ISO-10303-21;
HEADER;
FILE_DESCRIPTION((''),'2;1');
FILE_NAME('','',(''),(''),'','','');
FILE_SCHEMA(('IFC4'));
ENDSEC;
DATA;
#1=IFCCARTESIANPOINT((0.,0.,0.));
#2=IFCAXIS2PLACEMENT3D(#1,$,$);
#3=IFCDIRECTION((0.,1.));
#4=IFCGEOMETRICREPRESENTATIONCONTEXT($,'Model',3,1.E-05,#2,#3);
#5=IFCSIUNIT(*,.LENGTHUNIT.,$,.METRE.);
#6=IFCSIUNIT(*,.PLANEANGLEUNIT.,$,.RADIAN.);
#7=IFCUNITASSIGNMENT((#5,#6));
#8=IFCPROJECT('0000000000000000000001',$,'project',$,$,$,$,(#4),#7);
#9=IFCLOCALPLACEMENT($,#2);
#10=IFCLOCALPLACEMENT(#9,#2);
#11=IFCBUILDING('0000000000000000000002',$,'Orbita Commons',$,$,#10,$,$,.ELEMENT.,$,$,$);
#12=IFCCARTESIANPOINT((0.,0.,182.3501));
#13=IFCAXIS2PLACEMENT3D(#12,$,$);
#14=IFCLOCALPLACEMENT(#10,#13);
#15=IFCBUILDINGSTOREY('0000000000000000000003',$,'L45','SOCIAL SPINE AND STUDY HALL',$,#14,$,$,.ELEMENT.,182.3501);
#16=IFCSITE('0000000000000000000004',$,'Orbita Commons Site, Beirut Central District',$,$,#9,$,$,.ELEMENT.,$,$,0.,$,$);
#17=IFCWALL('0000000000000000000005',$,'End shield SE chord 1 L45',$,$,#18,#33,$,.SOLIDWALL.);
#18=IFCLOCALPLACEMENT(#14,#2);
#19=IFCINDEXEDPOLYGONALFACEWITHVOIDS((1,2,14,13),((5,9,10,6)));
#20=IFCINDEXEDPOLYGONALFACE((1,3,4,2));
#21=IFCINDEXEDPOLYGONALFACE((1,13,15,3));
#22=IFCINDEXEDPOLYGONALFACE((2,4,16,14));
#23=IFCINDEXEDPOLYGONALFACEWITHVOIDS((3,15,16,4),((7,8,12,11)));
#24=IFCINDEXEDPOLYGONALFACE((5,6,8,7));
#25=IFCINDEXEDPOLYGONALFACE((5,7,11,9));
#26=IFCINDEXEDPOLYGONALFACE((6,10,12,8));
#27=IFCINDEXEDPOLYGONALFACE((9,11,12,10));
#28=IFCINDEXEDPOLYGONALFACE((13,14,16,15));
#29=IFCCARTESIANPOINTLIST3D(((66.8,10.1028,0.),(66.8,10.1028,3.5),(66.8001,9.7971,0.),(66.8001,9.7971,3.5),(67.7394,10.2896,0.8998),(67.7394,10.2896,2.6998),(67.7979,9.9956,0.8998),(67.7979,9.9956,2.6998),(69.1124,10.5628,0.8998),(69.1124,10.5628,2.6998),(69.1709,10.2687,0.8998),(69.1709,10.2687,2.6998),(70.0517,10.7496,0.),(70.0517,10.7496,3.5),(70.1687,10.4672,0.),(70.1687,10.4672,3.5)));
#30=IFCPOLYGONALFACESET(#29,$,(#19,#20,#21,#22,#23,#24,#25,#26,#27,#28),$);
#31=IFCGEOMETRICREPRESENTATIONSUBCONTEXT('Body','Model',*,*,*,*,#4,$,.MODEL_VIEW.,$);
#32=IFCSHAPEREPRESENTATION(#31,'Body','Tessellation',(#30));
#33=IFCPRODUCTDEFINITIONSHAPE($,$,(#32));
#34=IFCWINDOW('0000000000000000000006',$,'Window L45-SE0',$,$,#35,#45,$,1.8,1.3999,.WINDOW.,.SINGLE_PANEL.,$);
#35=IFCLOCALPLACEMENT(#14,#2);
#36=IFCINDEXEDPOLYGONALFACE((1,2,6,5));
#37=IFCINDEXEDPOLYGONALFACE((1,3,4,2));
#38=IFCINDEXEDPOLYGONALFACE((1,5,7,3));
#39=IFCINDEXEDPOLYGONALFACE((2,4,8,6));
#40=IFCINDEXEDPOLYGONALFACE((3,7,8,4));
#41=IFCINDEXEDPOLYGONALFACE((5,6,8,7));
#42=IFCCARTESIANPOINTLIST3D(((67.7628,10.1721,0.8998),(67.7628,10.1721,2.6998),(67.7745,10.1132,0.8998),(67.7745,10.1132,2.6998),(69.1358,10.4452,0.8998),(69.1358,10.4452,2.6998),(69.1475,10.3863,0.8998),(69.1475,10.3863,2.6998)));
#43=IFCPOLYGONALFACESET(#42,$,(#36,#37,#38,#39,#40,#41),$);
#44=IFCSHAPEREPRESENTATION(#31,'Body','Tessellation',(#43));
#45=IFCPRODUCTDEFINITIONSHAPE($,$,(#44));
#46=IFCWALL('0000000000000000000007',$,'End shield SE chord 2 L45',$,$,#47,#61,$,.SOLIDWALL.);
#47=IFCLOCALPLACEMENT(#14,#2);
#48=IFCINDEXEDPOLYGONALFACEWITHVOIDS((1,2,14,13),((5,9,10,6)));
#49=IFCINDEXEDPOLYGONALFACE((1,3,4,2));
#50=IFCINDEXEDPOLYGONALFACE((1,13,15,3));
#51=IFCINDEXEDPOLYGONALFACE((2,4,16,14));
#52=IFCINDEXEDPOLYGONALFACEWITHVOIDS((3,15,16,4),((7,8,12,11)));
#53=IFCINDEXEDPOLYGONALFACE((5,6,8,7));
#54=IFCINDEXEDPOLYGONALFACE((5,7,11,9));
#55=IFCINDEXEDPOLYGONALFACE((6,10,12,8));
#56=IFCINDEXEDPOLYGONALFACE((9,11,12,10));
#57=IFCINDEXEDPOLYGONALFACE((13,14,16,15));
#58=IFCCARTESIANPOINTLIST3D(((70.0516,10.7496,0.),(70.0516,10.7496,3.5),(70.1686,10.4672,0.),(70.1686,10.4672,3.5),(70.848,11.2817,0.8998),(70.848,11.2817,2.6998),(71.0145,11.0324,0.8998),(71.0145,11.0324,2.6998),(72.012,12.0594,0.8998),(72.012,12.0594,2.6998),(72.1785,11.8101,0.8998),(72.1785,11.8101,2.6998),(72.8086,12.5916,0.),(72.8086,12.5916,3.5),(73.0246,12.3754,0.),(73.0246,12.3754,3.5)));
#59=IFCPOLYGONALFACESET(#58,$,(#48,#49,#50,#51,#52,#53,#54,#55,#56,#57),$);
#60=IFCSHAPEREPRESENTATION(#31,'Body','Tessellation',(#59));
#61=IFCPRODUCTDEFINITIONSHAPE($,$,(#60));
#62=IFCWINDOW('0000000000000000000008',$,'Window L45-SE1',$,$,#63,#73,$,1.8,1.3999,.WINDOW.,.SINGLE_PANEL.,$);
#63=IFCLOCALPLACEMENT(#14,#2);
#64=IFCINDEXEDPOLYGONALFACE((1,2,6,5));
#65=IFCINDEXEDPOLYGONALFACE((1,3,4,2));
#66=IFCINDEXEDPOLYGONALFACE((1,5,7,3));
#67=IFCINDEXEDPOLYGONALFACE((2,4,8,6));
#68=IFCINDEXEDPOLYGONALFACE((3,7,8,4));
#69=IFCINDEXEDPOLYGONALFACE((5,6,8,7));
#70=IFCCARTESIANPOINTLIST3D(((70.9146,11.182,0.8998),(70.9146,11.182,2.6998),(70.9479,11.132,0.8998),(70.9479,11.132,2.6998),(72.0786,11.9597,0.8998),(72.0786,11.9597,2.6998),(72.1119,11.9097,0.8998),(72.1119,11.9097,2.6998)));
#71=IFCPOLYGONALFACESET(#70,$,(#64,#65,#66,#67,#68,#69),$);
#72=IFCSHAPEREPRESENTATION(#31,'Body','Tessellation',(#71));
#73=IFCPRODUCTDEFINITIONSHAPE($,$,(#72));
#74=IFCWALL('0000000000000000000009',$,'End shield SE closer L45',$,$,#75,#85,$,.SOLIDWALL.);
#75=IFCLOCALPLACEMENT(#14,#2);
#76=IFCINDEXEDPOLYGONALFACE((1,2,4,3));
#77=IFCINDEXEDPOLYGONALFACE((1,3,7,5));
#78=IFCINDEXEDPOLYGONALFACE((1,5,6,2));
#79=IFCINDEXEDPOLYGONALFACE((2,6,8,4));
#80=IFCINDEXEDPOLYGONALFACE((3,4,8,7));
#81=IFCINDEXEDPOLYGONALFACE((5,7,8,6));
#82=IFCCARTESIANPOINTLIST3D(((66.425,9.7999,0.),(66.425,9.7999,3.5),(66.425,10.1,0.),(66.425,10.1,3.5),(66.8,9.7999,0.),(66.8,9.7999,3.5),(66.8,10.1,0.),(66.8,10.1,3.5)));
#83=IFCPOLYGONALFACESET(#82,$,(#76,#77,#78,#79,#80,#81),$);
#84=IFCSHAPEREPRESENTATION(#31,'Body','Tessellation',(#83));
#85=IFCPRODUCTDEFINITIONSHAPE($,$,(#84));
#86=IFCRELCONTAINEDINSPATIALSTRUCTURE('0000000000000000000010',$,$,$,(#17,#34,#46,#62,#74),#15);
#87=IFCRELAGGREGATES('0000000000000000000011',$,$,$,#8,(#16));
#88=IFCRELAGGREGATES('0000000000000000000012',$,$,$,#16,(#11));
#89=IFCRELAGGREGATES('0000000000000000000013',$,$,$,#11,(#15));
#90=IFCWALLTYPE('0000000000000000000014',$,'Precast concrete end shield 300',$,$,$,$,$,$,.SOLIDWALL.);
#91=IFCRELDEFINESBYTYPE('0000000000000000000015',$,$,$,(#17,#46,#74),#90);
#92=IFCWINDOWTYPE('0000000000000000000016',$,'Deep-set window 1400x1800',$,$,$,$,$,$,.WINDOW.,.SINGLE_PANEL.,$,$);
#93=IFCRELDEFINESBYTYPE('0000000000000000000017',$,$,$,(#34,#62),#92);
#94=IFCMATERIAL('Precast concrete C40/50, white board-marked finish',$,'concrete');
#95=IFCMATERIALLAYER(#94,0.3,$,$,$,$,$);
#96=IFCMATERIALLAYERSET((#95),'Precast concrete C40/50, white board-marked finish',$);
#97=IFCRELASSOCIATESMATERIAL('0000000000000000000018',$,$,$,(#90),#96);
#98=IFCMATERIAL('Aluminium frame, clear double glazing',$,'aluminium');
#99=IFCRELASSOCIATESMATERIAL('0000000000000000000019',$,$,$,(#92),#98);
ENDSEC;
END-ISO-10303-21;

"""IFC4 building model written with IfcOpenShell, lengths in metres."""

from ifc_helpers import new_model, si_unit, direction, frame, frame_2d, origin, place, context, subcontext, project, spatial, polyline, rectangle, outline, extrude, material, layer, layer_set, type_object, element, fill, save


model = new_model("IFC4")

# Units and contexts
model_context = context("Model", 3, precision=1e-05, world=origin(), true_north=direction((0.0, 1.0)))
body_context = subcontext(model_context, "Body", "Model", "MODEL_VIEW")
ifc_project = project(units=[si_unit("LENGTHUNIT", "METRE"), si_unit("PLANEANGLEUNIT", "RADIAN")], contexts=[model_context])

# Site, building, storey
site_placement = place(None, origin())
site = spatial("IfcSite", under=ifc_project, at=site_placement, Name="Orbita Commons Site, Beirut Central District", CompositionType="ELEMENT", RefElevation=0.0)
building_placement = place(site_placement, origin())
building = spatial("IfcBuilding", under=site, at=building_placement, Name="Orbita Commons", CompositionType="ELEMENT")
storey_placement = place(building_placement, frame((0.0, 0.0, 182.3501)))
storey = spatial("IfcBuildingStorey", under=building, at=storey_placement, Name="L45", Description="SOCIAL SPINE AND STUDY HALL", CompositionType="ELEMENT", Elevation=182.3501)

# Walls, openings, windows
ifc_material_1 = material(Name="Precast concrete C40/50, white board-marked finish", Category="concrete")
ifc_layer_1 = layer(ifc_material_1, 0.3)
ifc_layer_set_1 = layer_set([ifc_layer_1], Name="Precast concrete C40/50, white board-marked finish")
wall_type_1 = type_object("IfcWallType", Name="Precast concrete end shield 300", PredefinedType="SOLIDWALL", material=ifc_layer_set_1)
wall_1_placement = place(storey_placement, frame((66.8, 9.95, 0.0), z_axis=(0.0, 0.0, 1.0), x_axis=(0.980783, 0.1951, 0.0)))
wall_1 = element("IfcWall", 1, at=wall_1_placement, inside=storey, type_object=wall_type_1, Name="End shield SE chord 1 L45", PredefinedType="SOLIDWALL", context=body_context, shape_type="SweptSolid", body=[
    extrude(outline(polyline([(-0.0298, -0.1499), (3.4048, -0.1499), (3.3452, 0.1499), (0.0298, 0.1499), (-0.0298, -0.1499)])), origin(), (0.0, 0.0, 1.0), 3.5),
])
opening_1_placement = place(wall_1_placement, frame((0.9875, 0.0, 0.8999)))
opening_1 = element("IfcOpeningElement", 2, at=opening_1_placement, cuts=wall_1, PredefinedType="OPENING", context=body_context, shape_type="SweptSolid", body=[
    extrude(rectangle(XDim=1.3999, YDim=1.8, at=frame_2d((0.7, 0.8999))), frame((0.0, 0.1599, 0.0), z_axis=(0.0, -1.0, 0.0), x_axis=(1.0, 0.0, 0.0)), (0.0, 0.0, 1.0), 0.3201),
])
ifc_material_2 = material(Name="Aluminium frame, clear double glazing", Category="aluminium")
window_type = type_object("IfcWindowType", Name="Deep-set window 1400x1800", PartitioningType="SINGLE_PANEL", PredefinedType="WINDOW", material=ifc_material_2)
window_1_placement = place(opening_1_placement, origin())
window_1 = element("IfcWindow", 3, at=window_1_placement, inside=storey, type_object=window_type, Name="Window L45-SE0", OverallHeight=1.8, OverallWidth=1.3999, PartitioningType="SINGLE_PANEL", PredefinedType="WINDOW", context=body_context, shape_type="SweptSolid", body=[
    extrude(rectangle(XDim=1.3999, YDim=1.8, at=frame_2d((0.7, 0.8999))), frame((0.0, 0.03, 0.0), z_axis=(0.0, -1.0, 0.0), x_axis=(1.0, 0.0, 0.0)), (0.0, 0.0, 1.0), 0.0601),
])
fill(opening_1, window_1)
wall_2_placement = place(storey_placement, frame((70.1101, 10.6084, 0.0), z_axis=(0.0, 0.0, 1.0), x_axis=(0.831493, 0.555535, 0.0)))
wall_2 = element("IfcWall", 4, at=wall_2_placement, inside=storey, type_object=wall_type_1, Name="End shield SE chord 2 L45", PredefinedType="SOLIDWALL", context=body_context, shape_type="SweptSolid", body=[
    extrude(outline(polyline([(-0.0298, -0.1499), (3.405, -0.1499), (3.3455, 0.1499), (0.0298, 0.1499), (-0.0298, -0.1499)])), origin(), (0.0, 0.0, 1.0), 3.5),
])
opening_2_placement = place(wall_2_placement, frame((0.9875, 0.0, 0.8999)))
opening_2 = element("IfcOpeningElement", 5, at=opening_2_placement, cuts=wall_2, PredefinedType="OPENING", context=body_context, shape_type="SweptSolid", body=[
    extrude(rectangle(XDim=1.3999, YDim=1.8, at=frame_2d((0.7, 0.8999))), frame((0.0, 0.1599, 0.0), z_axis=(0.0, -1.0, 0.0), x_axis=(1.0, 0.0, 0.0)), (0.0, 0.0, 1.0), 0.3201),
])
window_2_placement = place(opening_2_placement, origin())
window_2 = element("IfcWindow", 6, at=window_2_placement, inside=storey, type_object=window_type, Name="Window L45-SE1", OverallHeight=1.8, OverallWidth=1.3999, PartitioningType="SINGLE_PANEL", PredefinedType="WINDOW", context=body_context, shape_type="SweptSolid", body=[
    extrude(rectangle(XDim=1.3999, YDim=1.8, at=frame_2d((0.7, 0.8999))), frame((0.0, 0.03, 0.0), z_axis=(0.0, -1.0, 0.0), x_axis=(1.0, 0.0, 0.0)), (0.0, 0.0, 1.0), 0.0601),
])
fill(opening_2, window_2)

# Wall
wall_3_placement = place(storey_placement, frame((66.8, 9.95, 0.0), z_axis=(0.0, 0.0, 1.0), x_axis=(-1.0, 0.0, 0.0)))
element("IfcWall", 7, at=wall_3_placement, inside=storey, type_object=wall_type_1, Name="End shield SE closer L45", PredefinedType="SOLIDWALL", context=body_context, shape_type="SweptSolid", body=[
    extrude(rectangle(XDim=0.375, YDim=0.3, at=frame_2d((0.1875, 0.0))), origin(), (0.0, 0.0, 1.0), 3.5),
])

save(model, "model.ifc")
